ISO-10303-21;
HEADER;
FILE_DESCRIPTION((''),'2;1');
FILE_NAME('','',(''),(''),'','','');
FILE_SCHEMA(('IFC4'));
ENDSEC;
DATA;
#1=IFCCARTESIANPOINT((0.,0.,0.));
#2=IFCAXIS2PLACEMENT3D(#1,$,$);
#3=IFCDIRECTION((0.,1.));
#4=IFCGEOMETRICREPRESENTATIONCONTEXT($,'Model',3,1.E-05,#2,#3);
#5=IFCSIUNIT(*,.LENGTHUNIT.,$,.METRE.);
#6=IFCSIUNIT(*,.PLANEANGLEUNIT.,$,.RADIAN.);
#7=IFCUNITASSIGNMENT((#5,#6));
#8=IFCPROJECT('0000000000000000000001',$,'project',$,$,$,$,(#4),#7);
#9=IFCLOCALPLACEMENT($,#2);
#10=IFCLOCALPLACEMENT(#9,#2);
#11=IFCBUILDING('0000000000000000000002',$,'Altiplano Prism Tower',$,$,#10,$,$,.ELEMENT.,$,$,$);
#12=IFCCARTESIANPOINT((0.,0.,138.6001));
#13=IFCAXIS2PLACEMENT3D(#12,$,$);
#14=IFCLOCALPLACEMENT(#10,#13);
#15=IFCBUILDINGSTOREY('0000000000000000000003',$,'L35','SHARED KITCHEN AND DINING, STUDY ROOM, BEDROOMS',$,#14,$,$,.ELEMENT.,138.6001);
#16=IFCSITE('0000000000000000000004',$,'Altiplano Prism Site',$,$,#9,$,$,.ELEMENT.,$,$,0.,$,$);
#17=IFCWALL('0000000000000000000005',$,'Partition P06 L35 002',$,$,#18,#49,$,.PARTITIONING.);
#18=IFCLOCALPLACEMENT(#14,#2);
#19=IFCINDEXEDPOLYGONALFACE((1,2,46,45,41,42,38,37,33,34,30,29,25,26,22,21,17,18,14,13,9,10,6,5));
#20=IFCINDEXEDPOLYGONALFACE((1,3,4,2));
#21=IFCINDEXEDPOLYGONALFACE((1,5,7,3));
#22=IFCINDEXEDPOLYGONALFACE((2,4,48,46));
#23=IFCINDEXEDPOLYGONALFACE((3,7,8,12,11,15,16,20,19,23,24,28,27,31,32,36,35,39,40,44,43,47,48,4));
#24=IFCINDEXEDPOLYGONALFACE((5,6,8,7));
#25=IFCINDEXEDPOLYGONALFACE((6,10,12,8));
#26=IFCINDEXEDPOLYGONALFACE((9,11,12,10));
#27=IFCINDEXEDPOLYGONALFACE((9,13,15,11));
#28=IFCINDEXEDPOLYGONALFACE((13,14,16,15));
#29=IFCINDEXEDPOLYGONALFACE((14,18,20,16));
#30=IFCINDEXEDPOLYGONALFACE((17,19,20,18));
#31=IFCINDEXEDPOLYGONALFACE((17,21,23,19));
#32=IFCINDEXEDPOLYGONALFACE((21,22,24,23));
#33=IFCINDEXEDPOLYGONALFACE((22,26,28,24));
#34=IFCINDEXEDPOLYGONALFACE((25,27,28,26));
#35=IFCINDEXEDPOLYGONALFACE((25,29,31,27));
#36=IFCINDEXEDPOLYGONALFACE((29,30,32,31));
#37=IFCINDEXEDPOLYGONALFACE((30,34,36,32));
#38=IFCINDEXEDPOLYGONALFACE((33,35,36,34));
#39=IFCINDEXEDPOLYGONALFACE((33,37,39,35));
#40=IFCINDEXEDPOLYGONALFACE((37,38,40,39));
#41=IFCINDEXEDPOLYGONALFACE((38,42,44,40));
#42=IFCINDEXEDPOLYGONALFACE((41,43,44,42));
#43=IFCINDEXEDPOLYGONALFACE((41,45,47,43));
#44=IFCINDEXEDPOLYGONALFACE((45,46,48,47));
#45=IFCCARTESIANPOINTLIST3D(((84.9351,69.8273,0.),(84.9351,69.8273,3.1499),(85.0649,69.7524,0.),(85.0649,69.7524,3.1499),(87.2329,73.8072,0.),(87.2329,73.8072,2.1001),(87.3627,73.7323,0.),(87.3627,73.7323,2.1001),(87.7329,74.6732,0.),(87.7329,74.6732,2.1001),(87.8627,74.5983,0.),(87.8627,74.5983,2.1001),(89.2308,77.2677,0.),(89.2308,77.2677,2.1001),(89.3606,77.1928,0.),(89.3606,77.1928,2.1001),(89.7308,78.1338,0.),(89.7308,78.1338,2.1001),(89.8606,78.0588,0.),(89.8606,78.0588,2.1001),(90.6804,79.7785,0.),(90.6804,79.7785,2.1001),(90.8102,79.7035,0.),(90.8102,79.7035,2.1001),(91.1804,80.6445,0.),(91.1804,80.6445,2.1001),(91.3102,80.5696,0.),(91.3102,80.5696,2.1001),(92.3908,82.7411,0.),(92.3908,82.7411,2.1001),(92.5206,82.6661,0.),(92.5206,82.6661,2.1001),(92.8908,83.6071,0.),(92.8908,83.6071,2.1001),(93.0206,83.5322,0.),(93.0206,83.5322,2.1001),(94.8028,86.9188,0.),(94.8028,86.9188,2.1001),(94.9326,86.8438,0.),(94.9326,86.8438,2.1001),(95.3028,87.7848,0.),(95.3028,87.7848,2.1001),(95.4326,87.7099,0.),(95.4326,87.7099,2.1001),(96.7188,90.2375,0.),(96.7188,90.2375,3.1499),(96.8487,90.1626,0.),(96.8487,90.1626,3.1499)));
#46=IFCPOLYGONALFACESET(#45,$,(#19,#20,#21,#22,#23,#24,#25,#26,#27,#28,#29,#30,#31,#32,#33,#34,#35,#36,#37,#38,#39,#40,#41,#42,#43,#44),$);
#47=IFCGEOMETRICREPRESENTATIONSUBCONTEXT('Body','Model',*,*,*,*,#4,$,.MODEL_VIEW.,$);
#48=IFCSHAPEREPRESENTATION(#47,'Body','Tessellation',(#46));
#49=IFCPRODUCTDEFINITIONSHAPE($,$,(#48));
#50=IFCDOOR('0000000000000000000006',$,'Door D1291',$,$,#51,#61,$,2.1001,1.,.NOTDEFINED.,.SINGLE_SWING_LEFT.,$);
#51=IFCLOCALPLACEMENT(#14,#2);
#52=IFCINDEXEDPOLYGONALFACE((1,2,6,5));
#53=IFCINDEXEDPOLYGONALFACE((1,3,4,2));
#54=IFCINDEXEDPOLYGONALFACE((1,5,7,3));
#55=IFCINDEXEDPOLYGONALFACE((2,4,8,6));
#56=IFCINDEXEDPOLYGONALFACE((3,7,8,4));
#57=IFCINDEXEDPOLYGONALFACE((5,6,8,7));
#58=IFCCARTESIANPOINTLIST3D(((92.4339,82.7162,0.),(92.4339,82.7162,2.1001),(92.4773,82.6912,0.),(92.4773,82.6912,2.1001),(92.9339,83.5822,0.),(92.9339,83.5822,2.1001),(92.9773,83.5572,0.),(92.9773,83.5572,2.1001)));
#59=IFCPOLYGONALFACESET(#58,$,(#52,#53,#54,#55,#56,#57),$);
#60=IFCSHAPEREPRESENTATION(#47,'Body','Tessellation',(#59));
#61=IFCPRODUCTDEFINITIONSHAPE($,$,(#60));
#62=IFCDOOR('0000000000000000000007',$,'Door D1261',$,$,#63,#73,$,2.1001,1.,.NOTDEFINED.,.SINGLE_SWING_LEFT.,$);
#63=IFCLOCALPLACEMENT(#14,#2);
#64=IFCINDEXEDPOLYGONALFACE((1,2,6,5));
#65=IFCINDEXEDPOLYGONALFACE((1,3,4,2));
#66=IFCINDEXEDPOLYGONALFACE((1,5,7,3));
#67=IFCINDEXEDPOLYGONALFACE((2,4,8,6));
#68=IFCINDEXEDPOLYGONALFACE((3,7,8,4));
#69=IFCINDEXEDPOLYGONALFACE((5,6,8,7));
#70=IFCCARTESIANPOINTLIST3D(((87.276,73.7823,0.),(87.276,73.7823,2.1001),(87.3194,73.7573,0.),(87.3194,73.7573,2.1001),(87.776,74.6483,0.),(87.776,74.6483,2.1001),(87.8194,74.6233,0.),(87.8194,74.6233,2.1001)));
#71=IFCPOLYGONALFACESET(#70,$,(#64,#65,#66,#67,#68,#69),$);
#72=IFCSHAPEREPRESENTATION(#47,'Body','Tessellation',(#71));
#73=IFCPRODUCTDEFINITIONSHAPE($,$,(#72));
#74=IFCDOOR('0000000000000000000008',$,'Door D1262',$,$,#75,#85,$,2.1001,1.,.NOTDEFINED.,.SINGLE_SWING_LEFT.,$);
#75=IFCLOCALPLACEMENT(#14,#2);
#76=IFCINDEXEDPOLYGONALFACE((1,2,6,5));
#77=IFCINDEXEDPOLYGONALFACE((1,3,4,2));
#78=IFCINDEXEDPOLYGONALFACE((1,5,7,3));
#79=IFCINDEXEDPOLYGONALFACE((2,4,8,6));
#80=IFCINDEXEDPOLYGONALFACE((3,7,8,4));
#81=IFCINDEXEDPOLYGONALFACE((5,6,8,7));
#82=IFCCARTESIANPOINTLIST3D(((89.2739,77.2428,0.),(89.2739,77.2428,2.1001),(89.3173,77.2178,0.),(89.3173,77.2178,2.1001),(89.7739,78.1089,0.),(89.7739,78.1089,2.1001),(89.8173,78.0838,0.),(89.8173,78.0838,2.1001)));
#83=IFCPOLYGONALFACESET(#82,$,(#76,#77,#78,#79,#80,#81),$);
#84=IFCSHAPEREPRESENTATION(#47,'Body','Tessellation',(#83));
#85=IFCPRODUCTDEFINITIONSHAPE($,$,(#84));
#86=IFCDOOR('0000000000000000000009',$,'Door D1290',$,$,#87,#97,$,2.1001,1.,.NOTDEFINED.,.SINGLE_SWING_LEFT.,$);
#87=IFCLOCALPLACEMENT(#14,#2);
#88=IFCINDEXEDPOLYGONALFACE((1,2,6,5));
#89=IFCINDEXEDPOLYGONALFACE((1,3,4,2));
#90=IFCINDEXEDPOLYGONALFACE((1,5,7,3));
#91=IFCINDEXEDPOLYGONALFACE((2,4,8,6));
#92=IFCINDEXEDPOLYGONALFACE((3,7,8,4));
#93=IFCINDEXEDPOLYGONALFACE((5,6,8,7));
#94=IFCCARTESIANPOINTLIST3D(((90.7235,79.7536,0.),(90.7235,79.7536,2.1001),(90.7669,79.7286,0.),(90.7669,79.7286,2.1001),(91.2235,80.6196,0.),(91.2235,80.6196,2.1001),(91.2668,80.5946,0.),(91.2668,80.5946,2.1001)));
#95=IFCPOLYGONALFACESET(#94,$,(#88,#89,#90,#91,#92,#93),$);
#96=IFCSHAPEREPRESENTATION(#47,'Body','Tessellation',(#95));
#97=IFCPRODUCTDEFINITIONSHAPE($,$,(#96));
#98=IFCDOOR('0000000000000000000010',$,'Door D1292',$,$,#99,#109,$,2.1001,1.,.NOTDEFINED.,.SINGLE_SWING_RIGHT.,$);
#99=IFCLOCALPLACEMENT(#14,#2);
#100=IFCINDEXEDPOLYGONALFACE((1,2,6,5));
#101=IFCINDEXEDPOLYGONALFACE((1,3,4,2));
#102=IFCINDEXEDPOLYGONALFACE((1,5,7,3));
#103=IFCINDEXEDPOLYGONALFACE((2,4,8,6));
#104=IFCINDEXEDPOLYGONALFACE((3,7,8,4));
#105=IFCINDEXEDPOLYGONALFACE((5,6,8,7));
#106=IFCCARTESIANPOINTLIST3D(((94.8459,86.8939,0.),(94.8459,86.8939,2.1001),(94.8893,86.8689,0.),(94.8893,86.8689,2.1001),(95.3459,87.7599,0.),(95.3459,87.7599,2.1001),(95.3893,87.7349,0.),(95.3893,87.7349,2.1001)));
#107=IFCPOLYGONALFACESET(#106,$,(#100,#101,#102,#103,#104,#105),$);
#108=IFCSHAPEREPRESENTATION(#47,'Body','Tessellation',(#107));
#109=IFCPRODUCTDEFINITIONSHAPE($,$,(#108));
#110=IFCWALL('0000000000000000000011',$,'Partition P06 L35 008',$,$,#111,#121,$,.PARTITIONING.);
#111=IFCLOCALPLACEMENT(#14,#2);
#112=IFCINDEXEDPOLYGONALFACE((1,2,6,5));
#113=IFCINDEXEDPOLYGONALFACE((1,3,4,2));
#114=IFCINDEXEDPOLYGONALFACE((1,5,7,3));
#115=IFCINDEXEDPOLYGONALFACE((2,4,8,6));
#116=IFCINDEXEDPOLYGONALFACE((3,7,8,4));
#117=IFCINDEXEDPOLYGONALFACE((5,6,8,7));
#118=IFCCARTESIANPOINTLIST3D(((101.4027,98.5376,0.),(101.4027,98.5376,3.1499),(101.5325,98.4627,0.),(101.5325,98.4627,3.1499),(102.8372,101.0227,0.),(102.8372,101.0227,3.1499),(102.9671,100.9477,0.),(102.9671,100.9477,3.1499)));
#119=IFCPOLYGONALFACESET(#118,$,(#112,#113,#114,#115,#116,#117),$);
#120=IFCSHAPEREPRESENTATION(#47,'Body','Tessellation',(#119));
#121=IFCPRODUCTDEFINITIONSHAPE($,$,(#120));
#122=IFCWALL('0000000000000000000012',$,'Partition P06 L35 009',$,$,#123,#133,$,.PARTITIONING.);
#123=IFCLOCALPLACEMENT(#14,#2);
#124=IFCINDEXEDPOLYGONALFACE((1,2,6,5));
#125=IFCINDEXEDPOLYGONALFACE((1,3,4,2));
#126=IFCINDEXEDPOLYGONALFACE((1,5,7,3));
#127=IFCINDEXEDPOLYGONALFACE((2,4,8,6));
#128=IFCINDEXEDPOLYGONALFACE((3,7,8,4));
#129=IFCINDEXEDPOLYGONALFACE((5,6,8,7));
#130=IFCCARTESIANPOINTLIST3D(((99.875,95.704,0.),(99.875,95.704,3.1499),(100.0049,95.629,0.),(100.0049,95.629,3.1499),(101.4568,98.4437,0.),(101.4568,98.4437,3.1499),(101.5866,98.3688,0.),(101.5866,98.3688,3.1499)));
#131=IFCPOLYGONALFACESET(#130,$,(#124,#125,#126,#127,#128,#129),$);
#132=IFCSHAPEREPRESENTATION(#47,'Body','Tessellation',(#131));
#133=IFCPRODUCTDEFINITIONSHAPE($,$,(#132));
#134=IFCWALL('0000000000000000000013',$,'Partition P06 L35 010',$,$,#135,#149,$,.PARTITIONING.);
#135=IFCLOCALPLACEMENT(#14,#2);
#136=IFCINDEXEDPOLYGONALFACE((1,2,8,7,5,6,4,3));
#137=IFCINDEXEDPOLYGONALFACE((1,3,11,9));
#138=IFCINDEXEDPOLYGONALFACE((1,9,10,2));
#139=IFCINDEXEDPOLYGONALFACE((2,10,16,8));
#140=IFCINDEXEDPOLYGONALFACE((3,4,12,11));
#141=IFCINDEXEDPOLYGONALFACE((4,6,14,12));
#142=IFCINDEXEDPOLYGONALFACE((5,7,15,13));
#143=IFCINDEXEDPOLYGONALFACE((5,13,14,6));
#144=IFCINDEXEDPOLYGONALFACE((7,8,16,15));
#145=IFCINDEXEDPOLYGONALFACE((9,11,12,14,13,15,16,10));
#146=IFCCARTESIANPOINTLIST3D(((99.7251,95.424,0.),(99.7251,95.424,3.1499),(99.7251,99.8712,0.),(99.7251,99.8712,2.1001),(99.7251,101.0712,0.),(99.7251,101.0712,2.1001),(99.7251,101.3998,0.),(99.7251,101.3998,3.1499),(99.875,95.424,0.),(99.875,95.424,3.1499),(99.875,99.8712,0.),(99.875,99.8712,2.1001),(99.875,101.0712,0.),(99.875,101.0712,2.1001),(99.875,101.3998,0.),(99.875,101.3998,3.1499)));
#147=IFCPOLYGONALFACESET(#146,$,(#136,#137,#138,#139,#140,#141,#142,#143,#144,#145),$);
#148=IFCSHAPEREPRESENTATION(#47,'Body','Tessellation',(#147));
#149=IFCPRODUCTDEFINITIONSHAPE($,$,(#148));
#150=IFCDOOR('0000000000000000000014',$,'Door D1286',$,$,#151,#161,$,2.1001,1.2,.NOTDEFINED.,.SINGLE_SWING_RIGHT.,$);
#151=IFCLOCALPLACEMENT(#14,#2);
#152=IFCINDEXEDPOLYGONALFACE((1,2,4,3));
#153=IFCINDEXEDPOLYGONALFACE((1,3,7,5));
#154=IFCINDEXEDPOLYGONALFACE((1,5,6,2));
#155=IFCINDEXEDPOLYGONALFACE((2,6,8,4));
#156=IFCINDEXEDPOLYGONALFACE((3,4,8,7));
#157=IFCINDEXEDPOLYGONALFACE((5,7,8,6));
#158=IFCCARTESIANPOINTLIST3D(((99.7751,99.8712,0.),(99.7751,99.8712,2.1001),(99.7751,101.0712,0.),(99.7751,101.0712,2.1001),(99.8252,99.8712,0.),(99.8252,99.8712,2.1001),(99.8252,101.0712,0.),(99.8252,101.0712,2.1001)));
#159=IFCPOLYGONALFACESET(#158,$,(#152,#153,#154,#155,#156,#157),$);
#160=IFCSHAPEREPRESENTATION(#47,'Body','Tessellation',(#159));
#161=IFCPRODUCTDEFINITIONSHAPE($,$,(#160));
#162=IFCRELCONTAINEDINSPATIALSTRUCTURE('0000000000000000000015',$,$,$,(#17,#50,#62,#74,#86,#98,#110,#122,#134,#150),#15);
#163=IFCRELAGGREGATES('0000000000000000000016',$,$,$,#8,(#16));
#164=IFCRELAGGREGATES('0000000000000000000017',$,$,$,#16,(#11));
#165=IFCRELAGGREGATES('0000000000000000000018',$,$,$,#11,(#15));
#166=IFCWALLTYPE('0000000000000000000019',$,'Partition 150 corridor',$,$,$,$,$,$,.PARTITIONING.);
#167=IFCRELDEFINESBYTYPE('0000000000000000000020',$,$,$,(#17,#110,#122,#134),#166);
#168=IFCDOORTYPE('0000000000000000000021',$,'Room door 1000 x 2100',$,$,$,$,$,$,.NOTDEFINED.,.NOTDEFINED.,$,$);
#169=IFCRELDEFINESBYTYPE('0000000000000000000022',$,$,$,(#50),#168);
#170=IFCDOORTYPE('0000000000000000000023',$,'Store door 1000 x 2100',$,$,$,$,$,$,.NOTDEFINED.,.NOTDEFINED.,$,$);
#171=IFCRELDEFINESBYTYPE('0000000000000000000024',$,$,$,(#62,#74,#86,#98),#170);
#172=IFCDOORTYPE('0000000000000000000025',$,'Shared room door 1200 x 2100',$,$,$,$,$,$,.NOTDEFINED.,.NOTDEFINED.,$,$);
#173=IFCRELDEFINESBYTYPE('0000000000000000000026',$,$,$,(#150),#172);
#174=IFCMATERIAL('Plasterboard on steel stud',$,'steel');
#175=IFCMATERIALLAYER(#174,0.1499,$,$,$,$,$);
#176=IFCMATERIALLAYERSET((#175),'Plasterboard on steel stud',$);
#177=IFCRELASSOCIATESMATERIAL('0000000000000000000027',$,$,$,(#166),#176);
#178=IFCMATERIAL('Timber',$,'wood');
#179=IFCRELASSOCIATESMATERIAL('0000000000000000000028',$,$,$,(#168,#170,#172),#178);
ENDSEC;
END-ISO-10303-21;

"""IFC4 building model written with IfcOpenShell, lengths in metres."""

from ifc_helpers import new_model, si_unit, direction, frame, frame_2d, origin, place, context, subcontext, project, spatial, rectangle, extrude, material, layer, layer_set, type_object, element, fill, save


model = new_model("IFC4")

# Units and contexts
model_context = context("Model", 3, precision=1e-05, world=origin(), true_north=direction((0.0, 1.0)))
body_context = subcontext(model_context, "Body", "Model", "MODEL_VIEW")
ifc_project = project(units=[si_unit("LENGTHUNIT", "METRE"), si_unit("PLANEANGLEUNIT", "RADIAN")], contexts=[model_context])

# Site, building, storey
site_placement = place(None, origin())
site = spatial("IfcSite", under=ifc_project, at=site_placement, Name="Altiplano Prism Site", CompositionType="ELEMENT", RefElevation=0.0)
building_placement = place(site_placement, origin())
building = spatial("IfcBuilding", under=site, at=building_placement, Name="Altiplano Prism Tower", CompositionType="ELEMENT")
storey_placement = place(building_placement, frame((0.0, 0.0, 138.6001)))
storey = spatial("IfcBuildingStorey", under=building, at=storey_placement, Name="L35", Description="SHARED KITCHEN AND DINING, STUDY ROOM, BEDROOMS", CompositionType="ELEMENT", Elevation=138.6001)

# Wall, openings, doors
ifc_material_1 = material(Name="Plasterboard on steel stud", Category="steel")
ifc_layer_1 = layer(ifc_material_1, 0.1499)
ifc_layer_set_1 = layer_set([ifc_layer_1], Name="Plasterboard on steel stud")
wall_type_1 = type_object("IfcWallType", Name="Partition 150 corridor", PredefinedType="PARTITIONING", material=ifc_layer_set_1)
wall_1_placement = place(storey_placement, frame((96.7837, 90.2, 0.0), z_axis=(0.0, 0.0, 1.0), x_axis=(-0.499996, -0.866028, 0.0)))
wall_1 = element("IfcWall", 1, at=wall_1_placement, inside=storey, type_object=wall_type_1, Name="Partition P06 L35 002", PredefinedType="PARTITIONING", context=body_context, shape_type="SweptSolid", body=[
    extrude(rectangle(XDim=23.5676, YDim=0.1499, at=frame_2d((11.7837, 0.0))), origin(), (0.0, 0.0, 1.0), 3.1499),
])
opening_1_placement = place(wall_1_placement, frame((17.9719, 0.0, 0.0)))
opening_1 = element("IfcOpeningElement", 2, at=opening_1_placement, cuts=wall_1, PredefinedType="OPENING", context=body_context, shape_type="SweptSolid", body=[
    extrude(rectangle(XDim=1.0, YDim=2.1001, at=frame_2d((0.5, 1.05))), frame((0.0, 0.0854, 0.0), z_axis=(0.0, -1.0, 0.0), x_axis=(1.0, 0.0, 0.0)), (0.0, 0.0, 1.0), 0.1709),
])
opening_2_placement = place(wall_1_placement, frame((13.9761, 0.0, 0.0)))
opening_2 = element("IfcOpeningElement", 3, at=opening_2_placement, cuts=wall_1, PredefinedType="OPENING", context=body_context, shape_type="SweptSolid", body=[
    extrude(rectangle(XDim=1.0, YDim=2.1001, at=frame_2d((0.5, 1.05))), frame((0.0, 0.0854, 0.0), z_axis=(0.0, -1.0, 0.0), x_axis=(1.0, 0.0, 0.0)), (0.0, 0.0, 1.0), 0.1709),
])
opening_3_placement = place(wall_1_placement, frame((11.0769, 0.0, 0.0)))
opening_3 = element("IfcOpeningElement", 4, at=opening_3_placement, cuts=wall_1, PredefinedType="OPENING", context=body_context, shape_type="SweptSolid", body=[
    extrude(rectangle(XDim=1.0, YDim=2.1001, at=frame_2d((0.5, 1.05))), frame((0.0, 0.0854, 0.0), z_axis=(0.0, -1.0, 0.0), x_axis=(1.0, 0.0, 0.0)), (0.0, 0.0, 1.0), 0.1709),
])
opening_4_placement = place(wall_1_placement, frame((7.656, 0.0, 0.0)))
opening_4 = element("IfcOpeningElement", 5, at=opening_4_placement, cuts=wall_1, PredefinedType="OPENING", context=body_context, shape_type="SweptSolid", body=[
    extrude(rectangle(XDim=1.0, YDim=2.1001, at=frame_2d((0.5, 1.05))), frame((0.0, 0.0854, 0.0), z_axis=(0.0, -1.0, 0.0), x_axis=(1.0, 0.0, 0.0)), (0.0, 0.0, 1.0), 0.1709),
])
opening_5_placement = place(wall_1_placement, frame((2.832, 0.0, 0.0)))
opening_5 = element("IfcOpeningElement", 6, at=opening_5_placement, cuts=wall_1, PredefinedType="OPENING", context=body_context, shape_type="SweptSolid", body=[
    extrude(rectangle(XDim=1.0, YDim=2.1001, at=frame_2d((0.5, 1.05))), frame((0.0, 0.0854, 0.0), z_axis=(0.0, -1.0, 0.0), x_axis=(1.0, 0.0, 0.0)), (0.0, 0.0, 1.0), 0.1709),
])
ifc_material_2 = material(Name="Timber", Category="wood")
door_type_1 = type_object("IfcDoorType", Name="Room door 1000 x 2100", OperationType="NOTDEFINED", PredefinedType="NOTDEFINED", material=ifc_material_2)
door_1_placement = place(opening_4_placement, origin())
door_1 = element("IfcDoor", 7, at=door_1_placement, inside=storey, type_object=door_type_1, Name="Door D1291", OperationType="SINGLE_SWING_LEFT", OverallHeight=2.1001, OverallWidth=1.0, PredefinedType="NOTDEFINED", context=body_context, shape_type="SweptSolid", body=[
    extrude(rectangle(XDim=1.0, YDim=2.1001, at=frame_2d((0.5, 1.05))), frame((0.0, 0.0249, 0.0), z_axis=(0.0, -1.0, 0.0), x_axis=(1.0, 0.0, 0.0)), (0.0, 0.0, 1.0), 0.05),
])
fill(opening_4, door_1)
door_type_2 = type_object("IfcDoorType", Name="Store door 1000 x 2100", OperationType="NOTDEFINED", PredefinedType="NOTDEFINED", material=ifc_material_2)
door_2_placement = place(opening_1_placement, origin())
door_2 = element("IfcDoor", 8, at=door_2_placement, inside=storey, type_object=door_type_2, Name="Door D1261", OperationType="SINGLE_SWING_LEFT", OverallHeight=2.1001, OverallWidth=1.0, PredefinedType="NOTDEFINED", context=body_context, shape_type="SweptSolid", body=[
    extrude(rectangle(XDim=1.0, YDim=2.1001, at=frame_2d((0.5, 1.05))), frame((0.0, 0.0249, 0.0), z_axis=(0.0, -1.0, 0.0), x_axis=(1.0, 0.0, 0.0)), (0.0, 0.0, 1.0), 0.05),
])
fill(opening_1, door_2)
door_3_placement = place(opening_2_placement, origin())
door_3 = element("IfcDoor", 9, at=door_3_placement, inside=storey, type_object=door_type_2, Name="Door D1262", OperationType="SINGLE_SWING_LEFT", OverallHeight=2.1001, OverallWidth=1.0, PredefinedType="NOTDEFINED", context=body_context, shape_type="SweptSolid", body=[
    extrude(rectangle(XDim=1.0, YDim=2.1001, at=frame_2d((0.5, 1.05))), frame((0.0, 0.0249, 0.0), z_axis=(0.0, -1.0, 0.0), x_axis=(1.0, 0.0, 0.0)), (0.0, 0.0, 1.0), 0.05),
])
fill(opening_2, door_3)
door_4_placement = place(opening_3_placement, origin())
door_4 = element("IfcDoor", 10, at=door_4_placement, inside=storey, type_object=door_type_2, Name="Door D1290", OperationType="SINGLE_SWING_LEFT", OverallHeight=2.1001, OverallWidth=1.0, PredefinedType="NOTDEFINED", context=body_context, shape_type="SweptSolid", body=[
    extrude(rectangle(XDim=1.0, YDim=2.1001, at=frame_2d((0.5, 1.05))), frame((0.0, 0.0249, 0.0), z_axis=(0.0, -1.0, 0.0), x_axis=(1.0, 0.0, 0.0)), (0.0, 0.0, 1.0), 0.05),
])
fill(opening_3, door_4)
door_5_placement = place(opening_5_placement, origin())
door_5 = element("IfcDoor", 11, at=door_5_placement, inside=storey, type_object=door_type_2, Name="Door D1292", OperationType="SINGLE_SWING_RIGHT", OverallHeight=2.1001, OverallWidth=1.0, PredefinedType="NOTDEFINED", context=body_context, shape_type="SweptSolid", body=[
    extrude(rectangle(XDim=1.0, YDim=2.1001, at=frame_2d((0.5, 1.05))), frame((0.0, 0.0249, 0.0), z_axis=(0.0, -1.0, 0.0), x_axis=(1.0, 0.0, 0.0)), (0.0, 0.0, 1.0), 0.05),
])
fill(opening_5, door_5)

# Walls
wall_2_placement = place(storey_placement, frame((102.9021, 100.9851, 0.0), z_axis=(0.0, 0.0, 1.0), x_axis=(-0.499946, -0.866057, 0.0)))
element("IfcWall", 12, at=wall_2_placement, inside=storey, type_object=wall_type_1, Name="Partition P06 L35 008", PredefinedType="PARTITIONING", context=body_context, shape_type="SweptSolid", body=[
    extrude(rectangle(XDim=2.8694, YDim=0.1499, at=frame_2d((1.4346, 0.0))), origin(), (0.0, 0.0, 1.0), 3.1499),
])
wall_3_placement = place(storey_placement, frame((101.5217, 98.4062, 0.0), z_axis=(0.0, 0.0, 1.0), x_axis=(-0.499999, -0.866026, 0.0)))
element("IfcWall", 13, at=wall_3_placement, inside=storey, type_object=wall_type_1, Name="Partition P06 L35 009", PredefinedType="PARTITIONING", context=body_context, shape_type="SweptSolid", body=[
    extrude(rectangle(XDim=3.1636, YDim=0.1499, at=frame_2d((1.5818, 0.0))), origin(), (0.0, 0.0, 1.0), 3.1499),
])

# Wall, opening, door
wall_4_placement = place(storey_placement, frame((99.8, 95.4241, 0.0), z_axis=(0.0, 0.0, 1.0), x_axis=(0.0, 1.0, 0.0)))
wall_4 = element("IfcWall", 14, at=wall_4_placement, inside=storey, type_object=wall_type_1, Name="Partition P06 L35 010", PredefinedType="PARTITIONING", context=body_context, shape_type="SweptSolid", body=[
    extrude(rectangle(XDim=5.9758, YDim=0.1499, at=frame_2d((2.9878, 0.0))), origin(), (0.0, 0.0, 1.0), 3.1499),
])
opening_6_placement = place(wall_4_placement, frame((4.447, 0.0, 0.0)))
opening_6 = element("IfcOpeningElement", 15, at=opening_6_placement, cuts=wall_4, PredefinedType="OPENING", context=body_context, shape_type="SweptSolid", body=[
    extrude(rectangle(XDim=1.2, YDim=2.1001, at=frame_2d((0.6001, 1.05))), frame((0.0, 0.0854, 0.0), z_axis=(0.0, -1.0, 0.0), x_axis=(1.0, 0.0, 0.0)), (0.0, 0.0, 1.0), 0.1709),
])
door_type_3 = type_object("IfcDoorType", Name="Shared room door 1200 x 2100", OperationType="NOTDEFINED", PredefinedType="NOTDEFINED", material=ifc_material_2)
door_6_placement = place(opening_6_placement, origin())
door_6 = element("IfcDoor", 16, at=door_6_placement, inside=storey, type_object=door_type_3, Name="Door D1286", OperationType="SINGLE_SWING_RIGHT", OverallHeight=2.1001, OverallWidth=1.2, PredefinedType="NOTDEFINED", context=body_context, shape_type="SweptSolid", body=[
    extrude(rectangle(XDim=1.2, YDim=2.1001, at=frame_2d((0.6001, 1.05))), frame((0.0, 0.0249, 0.0), z_axis=(0.0, -1.0, 0.0), x_axis=(1.0, 0.0, 0.0)), (0.0, 0.0, 1.0), 0.05),
])
fill(opening_6, door_6)

save(model, "model.ifc")
